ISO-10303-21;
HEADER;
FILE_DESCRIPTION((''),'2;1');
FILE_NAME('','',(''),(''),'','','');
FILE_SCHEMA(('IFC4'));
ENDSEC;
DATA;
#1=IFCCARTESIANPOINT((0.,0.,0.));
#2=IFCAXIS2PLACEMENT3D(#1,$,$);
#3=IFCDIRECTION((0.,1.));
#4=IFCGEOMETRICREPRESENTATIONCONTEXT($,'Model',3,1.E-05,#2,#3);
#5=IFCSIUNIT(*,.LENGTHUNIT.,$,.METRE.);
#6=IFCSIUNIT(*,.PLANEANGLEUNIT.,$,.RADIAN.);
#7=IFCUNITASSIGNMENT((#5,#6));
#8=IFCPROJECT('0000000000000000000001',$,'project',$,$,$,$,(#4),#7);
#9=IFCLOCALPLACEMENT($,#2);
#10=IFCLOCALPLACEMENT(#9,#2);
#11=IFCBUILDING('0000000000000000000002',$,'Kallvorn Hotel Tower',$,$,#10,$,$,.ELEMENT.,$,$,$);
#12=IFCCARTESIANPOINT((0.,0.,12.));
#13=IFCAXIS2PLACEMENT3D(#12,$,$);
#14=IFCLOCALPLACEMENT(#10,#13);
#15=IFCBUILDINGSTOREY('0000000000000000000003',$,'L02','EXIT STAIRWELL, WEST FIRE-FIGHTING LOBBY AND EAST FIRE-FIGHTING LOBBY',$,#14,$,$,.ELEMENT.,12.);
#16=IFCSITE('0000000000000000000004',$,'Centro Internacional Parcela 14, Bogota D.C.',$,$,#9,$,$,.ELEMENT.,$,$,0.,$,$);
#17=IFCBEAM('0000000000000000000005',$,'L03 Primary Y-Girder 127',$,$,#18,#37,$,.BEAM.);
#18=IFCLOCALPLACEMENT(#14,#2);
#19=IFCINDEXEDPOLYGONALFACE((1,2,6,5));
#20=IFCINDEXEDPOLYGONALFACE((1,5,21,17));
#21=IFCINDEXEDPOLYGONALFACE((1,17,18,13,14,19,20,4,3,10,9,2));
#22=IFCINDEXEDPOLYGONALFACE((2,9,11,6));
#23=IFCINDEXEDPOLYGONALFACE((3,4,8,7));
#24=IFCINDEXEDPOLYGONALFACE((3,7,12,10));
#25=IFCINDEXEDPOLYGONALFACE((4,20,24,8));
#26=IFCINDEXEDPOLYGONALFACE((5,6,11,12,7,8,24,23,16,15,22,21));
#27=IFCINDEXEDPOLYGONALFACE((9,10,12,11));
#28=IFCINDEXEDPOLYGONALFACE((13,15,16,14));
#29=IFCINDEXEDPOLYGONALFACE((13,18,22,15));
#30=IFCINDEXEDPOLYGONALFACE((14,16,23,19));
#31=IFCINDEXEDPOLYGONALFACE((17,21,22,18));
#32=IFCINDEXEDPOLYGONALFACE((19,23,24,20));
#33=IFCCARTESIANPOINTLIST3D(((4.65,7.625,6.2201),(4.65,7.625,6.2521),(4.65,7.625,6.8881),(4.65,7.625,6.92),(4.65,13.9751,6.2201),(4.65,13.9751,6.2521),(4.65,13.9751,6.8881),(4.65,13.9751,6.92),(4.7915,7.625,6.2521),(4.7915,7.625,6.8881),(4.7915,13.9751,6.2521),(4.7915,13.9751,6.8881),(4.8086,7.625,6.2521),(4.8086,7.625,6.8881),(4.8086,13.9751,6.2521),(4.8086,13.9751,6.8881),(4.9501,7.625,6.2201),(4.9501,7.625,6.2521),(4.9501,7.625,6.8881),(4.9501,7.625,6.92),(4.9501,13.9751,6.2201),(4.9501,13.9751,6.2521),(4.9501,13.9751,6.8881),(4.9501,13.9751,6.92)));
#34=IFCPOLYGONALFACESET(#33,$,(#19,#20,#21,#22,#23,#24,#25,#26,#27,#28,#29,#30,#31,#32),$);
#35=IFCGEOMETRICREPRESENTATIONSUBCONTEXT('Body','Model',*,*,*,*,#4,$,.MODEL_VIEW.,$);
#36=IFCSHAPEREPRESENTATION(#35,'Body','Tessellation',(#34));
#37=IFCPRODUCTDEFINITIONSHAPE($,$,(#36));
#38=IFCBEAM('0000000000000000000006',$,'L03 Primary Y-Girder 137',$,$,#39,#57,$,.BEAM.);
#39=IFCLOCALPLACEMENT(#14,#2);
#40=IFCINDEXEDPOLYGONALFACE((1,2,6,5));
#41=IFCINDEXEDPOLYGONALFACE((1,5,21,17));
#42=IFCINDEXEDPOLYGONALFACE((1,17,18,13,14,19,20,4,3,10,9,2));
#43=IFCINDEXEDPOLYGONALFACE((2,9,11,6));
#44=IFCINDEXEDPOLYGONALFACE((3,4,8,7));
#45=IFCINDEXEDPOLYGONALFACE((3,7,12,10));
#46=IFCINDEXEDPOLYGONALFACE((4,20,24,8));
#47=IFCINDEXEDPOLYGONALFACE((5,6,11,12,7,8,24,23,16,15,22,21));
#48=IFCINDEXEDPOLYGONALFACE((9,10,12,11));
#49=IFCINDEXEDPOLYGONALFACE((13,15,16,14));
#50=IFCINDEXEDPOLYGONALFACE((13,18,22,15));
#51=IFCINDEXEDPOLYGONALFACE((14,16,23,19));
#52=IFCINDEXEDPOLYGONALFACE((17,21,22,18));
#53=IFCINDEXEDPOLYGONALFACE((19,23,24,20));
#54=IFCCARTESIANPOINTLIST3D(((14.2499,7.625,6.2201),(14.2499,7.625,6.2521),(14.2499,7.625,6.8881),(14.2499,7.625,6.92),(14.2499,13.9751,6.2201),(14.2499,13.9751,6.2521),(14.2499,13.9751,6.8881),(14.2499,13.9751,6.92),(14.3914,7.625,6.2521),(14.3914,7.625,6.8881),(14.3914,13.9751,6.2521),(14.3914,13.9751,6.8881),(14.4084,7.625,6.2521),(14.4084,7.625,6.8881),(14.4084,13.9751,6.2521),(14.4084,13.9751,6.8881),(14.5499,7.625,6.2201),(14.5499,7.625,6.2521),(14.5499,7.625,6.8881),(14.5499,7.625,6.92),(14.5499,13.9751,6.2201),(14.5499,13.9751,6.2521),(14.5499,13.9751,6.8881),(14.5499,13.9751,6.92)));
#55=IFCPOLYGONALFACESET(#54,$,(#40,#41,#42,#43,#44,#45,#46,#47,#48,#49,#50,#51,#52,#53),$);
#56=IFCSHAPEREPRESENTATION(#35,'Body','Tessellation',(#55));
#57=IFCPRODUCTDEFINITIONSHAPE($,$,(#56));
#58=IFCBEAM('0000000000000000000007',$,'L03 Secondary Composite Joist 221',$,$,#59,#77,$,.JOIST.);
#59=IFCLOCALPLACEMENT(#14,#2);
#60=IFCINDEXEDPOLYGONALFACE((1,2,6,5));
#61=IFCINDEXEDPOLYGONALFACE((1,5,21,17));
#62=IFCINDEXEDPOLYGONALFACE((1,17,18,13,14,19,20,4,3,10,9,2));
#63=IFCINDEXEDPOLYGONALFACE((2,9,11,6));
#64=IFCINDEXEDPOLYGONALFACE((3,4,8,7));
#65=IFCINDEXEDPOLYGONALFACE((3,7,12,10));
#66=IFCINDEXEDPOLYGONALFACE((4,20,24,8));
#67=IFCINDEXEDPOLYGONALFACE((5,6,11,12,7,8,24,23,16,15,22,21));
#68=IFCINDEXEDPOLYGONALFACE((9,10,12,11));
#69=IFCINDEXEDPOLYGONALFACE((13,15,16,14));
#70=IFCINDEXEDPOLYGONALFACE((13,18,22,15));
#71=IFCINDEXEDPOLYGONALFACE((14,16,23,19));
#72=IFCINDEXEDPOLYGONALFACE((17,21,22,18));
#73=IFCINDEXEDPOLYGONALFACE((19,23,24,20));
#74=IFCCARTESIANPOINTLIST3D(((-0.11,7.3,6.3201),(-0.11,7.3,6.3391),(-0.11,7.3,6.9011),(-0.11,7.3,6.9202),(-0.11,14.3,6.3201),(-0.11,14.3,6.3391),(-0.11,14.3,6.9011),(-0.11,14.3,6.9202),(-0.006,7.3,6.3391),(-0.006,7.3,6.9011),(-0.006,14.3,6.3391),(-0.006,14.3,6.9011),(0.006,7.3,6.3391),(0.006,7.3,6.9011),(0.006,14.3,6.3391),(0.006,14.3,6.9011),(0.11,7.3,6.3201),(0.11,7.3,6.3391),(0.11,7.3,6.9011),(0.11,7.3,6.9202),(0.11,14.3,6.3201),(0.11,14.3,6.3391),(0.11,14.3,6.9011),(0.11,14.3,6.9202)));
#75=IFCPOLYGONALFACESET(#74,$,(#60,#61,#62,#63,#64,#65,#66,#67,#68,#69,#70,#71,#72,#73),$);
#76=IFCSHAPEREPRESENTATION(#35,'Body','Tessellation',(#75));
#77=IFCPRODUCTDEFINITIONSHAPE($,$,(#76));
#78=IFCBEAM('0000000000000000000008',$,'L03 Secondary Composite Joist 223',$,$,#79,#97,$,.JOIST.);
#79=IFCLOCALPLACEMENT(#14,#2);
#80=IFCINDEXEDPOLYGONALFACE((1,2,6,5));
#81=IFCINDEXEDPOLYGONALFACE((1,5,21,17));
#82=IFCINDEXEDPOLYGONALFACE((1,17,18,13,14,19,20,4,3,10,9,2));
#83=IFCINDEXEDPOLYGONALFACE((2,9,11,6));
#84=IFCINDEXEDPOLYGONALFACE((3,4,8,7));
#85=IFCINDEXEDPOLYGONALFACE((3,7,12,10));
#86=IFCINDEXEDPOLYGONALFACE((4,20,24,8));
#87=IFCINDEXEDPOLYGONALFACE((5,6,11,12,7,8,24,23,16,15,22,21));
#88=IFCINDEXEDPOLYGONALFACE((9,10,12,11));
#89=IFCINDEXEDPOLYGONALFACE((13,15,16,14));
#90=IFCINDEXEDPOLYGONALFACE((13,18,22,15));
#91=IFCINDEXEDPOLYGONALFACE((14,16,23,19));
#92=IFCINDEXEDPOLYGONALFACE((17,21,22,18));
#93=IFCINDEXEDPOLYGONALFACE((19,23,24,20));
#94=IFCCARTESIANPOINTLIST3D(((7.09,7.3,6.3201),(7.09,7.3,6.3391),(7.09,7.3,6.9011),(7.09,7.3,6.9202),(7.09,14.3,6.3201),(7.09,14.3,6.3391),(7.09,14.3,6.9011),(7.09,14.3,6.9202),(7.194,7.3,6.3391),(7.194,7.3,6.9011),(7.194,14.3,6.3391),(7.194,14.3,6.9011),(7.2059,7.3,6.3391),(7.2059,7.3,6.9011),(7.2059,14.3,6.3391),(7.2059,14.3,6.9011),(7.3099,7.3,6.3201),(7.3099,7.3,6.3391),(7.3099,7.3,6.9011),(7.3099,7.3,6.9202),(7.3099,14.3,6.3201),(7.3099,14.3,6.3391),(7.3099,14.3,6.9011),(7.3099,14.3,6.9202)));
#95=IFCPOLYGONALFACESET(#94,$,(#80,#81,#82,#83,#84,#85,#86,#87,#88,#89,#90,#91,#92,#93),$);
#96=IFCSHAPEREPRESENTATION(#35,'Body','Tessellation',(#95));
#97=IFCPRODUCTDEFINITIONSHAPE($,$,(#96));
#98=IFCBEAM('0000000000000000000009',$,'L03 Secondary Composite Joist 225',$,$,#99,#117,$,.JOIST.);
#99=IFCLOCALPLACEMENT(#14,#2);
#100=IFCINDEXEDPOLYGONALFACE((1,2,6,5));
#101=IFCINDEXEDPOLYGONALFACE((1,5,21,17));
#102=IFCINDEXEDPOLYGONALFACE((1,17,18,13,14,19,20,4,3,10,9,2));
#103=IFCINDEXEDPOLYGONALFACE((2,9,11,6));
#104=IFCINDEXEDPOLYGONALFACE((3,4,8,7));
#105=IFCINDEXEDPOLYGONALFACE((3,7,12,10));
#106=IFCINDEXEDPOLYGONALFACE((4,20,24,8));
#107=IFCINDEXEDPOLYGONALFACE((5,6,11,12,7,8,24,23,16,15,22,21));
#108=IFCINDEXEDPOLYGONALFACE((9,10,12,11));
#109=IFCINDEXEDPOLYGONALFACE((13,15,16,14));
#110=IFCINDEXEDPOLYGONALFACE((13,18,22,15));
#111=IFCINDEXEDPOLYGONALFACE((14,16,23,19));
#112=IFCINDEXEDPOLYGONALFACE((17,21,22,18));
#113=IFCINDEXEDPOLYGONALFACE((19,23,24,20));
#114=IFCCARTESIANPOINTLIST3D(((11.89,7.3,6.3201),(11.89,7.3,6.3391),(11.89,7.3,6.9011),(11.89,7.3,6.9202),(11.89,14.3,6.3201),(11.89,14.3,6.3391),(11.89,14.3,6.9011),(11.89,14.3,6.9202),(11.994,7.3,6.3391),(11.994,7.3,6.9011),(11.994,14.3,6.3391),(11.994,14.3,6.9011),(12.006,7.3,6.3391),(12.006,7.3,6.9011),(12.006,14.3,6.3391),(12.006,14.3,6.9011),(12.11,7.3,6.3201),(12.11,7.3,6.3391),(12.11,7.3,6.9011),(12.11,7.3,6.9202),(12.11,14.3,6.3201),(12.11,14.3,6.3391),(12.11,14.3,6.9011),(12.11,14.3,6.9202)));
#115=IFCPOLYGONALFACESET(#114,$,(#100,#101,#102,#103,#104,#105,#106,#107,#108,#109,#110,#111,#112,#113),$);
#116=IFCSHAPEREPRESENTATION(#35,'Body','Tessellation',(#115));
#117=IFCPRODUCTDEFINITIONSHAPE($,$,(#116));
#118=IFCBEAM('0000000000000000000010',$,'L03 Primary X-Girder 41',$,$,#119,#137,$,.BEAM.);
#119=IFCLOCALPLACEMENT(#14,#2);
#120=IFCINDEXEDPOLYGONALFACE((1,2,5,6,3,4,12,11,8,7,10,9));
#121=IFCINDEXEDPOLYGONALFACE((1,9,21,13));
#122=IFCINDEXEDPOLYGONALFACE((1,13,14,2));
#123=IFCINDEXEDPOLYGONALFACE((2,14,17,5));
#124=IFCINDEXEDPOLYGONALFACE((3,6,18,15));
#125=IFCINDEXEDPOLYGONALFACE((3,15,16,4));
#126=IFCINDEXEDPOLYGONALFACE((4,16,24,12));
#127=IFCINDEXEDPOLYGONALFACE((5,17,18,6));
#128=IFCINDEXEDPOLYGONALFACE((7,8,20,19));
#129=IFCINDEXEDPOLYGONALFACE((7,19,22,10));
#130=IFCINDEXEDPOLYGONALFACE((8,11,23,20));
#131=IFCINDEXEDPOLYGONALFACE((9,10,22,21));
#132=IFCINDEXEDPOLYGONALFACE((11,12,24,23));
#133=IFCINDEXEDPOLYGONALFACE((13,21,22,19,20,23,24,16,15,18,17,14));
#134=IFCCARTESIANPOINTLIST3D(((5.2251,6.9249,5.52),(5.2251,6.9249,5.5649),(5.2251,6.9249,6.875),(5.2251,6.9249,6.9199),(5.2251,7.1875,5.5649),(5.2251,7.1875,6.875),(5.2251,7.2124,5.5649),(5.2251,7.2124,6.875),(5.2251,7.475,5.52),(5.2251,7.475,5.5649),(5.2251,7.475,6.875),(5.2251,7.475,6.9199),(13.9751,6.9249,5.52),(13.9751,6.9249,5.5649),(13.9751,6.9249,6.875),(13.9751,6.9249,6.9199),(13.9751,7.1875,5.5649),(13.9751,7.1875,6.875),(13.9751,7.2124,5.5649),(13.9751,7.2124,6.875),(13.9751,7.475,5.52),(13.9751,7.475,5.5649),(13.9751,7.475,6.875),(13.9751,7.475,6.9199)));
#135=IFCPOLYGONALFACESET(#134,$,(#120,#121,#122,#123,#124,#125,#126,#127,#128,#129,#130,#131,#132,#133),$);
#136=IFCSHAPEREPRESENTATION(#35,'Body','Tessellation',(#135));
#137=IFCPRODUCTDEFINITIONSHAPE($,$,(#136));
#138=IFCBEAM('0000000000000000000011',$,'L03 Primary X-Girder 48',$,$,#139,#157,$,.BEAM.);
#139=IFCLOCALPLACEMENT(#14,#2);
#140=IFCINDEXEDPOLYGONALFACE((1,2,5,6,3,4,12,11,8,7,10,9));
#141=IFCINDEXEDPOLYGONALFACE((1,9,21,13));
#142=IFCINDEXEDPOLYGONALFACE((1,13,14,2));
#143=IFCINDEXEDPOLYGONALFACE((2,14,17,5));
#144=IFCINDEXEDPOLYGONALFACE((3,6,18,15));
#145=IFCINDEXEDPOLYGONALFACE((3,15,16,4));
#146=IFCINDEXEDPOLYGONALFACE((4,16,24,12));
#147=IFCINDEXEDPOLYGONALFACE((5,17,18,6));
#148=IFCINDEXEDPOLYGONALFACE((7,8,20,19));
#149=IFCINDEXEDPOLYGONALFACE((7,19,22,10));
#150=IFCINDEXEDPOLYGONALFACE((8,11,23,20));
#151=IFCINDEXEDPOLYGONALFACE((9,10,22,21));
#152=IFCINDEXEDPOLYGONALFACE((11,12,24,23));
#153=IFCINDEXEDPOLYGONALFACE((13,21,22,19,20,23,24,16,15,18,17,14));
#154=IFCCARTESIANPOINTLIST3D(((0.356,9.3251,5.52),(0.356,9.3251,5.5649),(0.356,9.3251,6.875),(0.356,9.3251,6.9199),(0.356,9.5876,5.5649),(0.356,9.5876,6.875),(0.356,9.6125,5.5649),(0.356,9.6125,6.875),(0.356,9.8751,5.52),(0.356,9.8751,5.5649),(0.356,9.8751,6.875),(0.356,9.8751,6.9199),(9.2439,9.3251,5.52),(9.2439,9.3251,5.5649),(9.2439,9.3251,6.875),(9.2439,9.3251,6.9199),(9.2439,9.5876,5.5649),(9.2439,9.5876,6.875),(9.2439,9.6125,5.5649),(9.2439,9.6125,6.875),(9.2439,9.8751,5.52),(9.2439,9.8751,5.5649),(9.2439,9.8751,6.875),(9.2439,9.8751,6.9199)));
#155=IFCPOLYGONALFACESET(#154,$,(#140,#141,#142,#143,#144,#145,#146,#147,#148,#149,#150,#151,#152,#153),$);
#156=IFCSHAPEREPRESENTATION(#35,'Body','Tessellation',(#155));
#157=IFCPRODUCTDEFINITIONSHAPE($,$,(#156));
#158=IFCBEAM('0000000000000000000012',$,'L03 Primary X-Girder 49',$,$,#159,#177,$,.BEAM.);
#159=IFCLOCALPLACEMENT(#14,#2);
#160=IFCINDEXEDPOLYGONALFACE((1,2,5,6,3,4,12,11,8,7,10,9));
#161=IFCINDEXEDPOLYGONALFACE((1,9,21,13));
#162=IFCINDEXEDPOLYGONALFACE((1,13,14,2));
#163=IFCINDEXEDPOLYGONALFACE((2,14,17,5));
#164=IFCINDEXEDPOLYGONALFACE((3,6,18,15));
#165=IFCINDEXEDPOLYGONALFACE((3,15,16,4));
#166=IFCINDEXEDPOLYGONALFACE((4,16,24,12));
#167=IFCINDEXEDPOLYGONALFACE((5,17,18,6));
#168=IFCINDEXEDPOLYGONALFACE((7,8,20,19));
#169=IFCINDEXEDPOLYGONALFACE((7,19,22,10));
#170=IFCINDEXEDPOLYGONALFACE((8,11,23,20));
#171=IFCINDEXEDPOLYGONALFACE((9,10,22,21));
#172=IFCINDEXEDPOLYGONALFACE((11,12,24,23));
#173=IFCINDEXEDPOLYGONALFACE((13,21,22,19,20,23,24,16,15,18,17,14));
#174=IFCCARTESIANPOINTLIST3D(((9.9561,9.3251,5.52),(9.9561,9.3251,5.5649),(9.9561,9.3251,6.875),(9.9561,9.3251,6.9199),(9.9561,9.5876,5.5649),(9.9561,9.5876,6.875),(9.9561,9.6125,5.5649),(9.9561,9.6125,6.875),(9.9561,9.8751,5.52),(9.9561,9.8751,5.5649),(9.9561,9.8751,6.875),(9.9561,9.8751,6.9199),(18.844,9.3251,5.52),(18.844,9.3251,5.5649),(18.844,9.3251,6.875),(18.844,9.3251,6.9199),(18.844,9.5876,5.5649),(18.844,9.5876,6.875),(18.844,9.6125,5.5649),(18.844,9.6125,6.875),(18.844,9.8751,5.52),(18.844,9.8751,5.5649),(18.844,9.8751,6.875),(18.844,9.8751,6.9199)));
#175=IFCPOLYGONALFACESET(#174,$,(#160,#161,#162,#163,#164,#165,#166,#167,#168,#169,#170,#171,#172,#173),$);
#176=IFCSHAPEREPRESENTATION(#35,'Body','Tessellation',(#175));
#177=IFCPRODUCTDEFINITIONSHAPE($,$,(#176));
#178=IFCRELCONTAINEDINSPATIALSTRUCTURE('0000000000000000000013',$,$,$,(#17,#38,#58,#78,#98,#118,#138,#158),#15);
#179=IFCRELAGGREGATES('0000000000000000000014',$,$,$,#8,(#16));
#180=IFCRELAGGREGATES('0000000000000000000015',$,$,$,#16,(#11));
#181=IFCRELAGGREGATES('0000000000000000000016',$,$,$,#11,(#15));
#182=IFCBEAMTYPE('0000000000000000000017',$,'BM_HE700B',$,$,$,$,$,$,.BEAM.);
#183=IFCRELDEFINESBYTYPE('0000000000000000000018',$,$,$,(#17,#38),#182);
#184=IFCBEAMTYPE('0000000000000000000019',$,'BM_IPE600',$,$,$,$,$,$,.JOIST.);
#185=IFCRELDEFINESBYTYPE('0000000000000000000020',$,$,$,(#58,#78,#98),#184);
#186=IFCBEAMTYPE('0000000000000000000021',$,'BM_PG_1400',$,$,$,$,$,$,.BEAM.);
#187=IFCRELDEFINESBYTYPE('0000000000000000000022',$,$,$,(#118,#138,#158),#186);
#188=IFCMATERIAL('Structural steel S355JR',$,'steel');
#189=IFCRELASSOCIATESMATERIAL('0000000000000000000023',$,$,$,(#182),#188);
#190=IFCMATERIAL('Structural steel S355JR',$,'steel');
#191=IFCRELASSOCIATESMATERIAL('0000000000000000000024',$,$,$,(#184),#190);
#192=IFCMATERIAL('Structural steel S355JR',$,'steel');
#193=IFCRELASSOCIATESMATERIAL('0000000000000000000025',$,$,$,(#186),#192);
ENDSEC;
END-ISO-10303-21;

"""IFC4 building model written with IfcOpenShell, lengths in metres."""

from ifc_helpers import new_model, si_unit, direction, frame, origin, origin_2d, place, context, subcontext, project, spatial, i_section, extrude, material, material_profile, profile_set, type_object, element, save


model = new_model("IFC4")

# Units and contexts
model_context = context("Model", 3, precision=1e-05, world=origin(), true_north=direction((0.0, 1.0)))
body_context = subcontext(model_context, "Body", "Model", "MODEL_VIEW")
ifc_project = project(units=[si_unit("LENGTHUNIT", "METRE"), si_unit("PLANEANGLEUNIT", "RADIAN")], contexts=[model_context])

# Site, building, storey
site_placement = place(None, origin())
site = spatial("IfcSite", under=ifc_project, at=site_placement, Name="Centro Internacional Parcela 14, Bogota D.C.", CompositionType="ELEMENT", RefElevation=0.0)
building_placement = place(site_placement, origin())
building = spatial("IfcBuilding", under=site, at=building_placement, Name="Kallvorn Hotel Tower", CompositionType="ELEMENT")
storey_placement = place(building_placement, frame((0.0, 0.0, 12.0)))
storey = spatial("IfcBuildingStorey", under=building, at=storey_placement, Name="L02", Description="EXIT STAIRWELL, WEST FIRE-FIGHTING LOBBY AND EAST FIRE-FIGHTING LOBBY", CompositionType="ELEMENT", Elevation=12.0)

# Beams
ifc_material_1 = material(Name="Structural steel S355JR", Category="steel")
ifc_material_profile_1 = material_profile(ifc_material_1, i_section(OverallWidth=0.3, OverallDepth=0.7, WebThickness=0.0171, FlangeThickness=0.032, at=origin_2d()), Name="HE 700 B")
ifc_profile_set_1 = profile_set([ifc_material_profile_1], Name="Structural steel S355JR")
beam_type_1 = type_object("IfcBeamType", Name="BM_HE700B", PredefinedType="BEAM", material=ifc_profile_set_1)
for number, where, z_axis, x_axis, name in (
    (1, (4.8, 7.625, 6.5701), (0.0, 1.0, 0.0), (-1.0, 0.0, 0.0), "L03 Primary Y-Girder 127"),
    (2, (14.3999, 7.625, 6.5701), (0.0, 1.0, 0.0), (-1.0, 0.0, 0.0), "L03 Primary Y-Girder 137"),
):
    element("IfcBeam", number, at=place(storey_placement, frame(where, z_axis=z_axis, x_axis=x_axis)), inside=storey, type_object=beam_type_1, Name=name, PredefinedType="BEAM", context=body_context, shape_type="SweptSolid", body=[
        extrude(i_section(OverallWidth=0.3, OverallDepth=0.7, WebThickness=0.0171, FlangeThickness=0.032, at=origin_2d()), origin(), (0.0, 0.0, 1.0), 6.3501),
    ])
ifc_material_2 = material(Name="Structural steel S355JR", Category="steel")
ifc_material_profile_2 = material_profile(ifc_material_2, i_section(OverallWidth=0.22, OverallDepth=0.6001, WebThickness=0.012, FlangeThickness=0.019, at=origin_2d()), Name="IPE 600")
ifc_profile_set_2 = profile_set([ifc_material_profile_2], Name="Structural steel S355JR")
beam_type_2 = type_object("IfcBeamType", Name="BM_IPE600", PredefinedType="JOIST", material=ifc_profile_set_2)
for number, where, z_axis, x_axis, name in (
    (3, (0.0, 7.3, 6.6201), (0.0, 1.0, 0.0), (-1.0, 0.0, 0.0), "L03 Secondary Composite Joist 221"),
    (4, (7.2, 7.3, 6.6201), (0.0, 1.0, 0.0), (-1.0, 0.0, 0.0), "L03 Secondary Composite Joist 223"),
    (5, (12.0, 7.3, 6.6201), (0.0, 1.0, 0.0), (-1.0, 0.0, 0.0), "L03 Secondary Composite Joist 225"),
):
    element("IfcBeam", number, at=place(storey_placement, frame(where, z_axis=z_axis, x_axis=x_axis)), inside=storey, type_object=beam_type_2, Name=name, PredefinedType="JOIST", context=body_context, shape_type="SweptSolid", body=[
        extrude(i_section(OverallWidth=0.22, OverallDepth=0.6001, WebThickness=0.012, FlangeThickness=0.019, at=origin_2d()), origin(), (0.0, 0.0, 1.0), 7.0),
    ])
ifc_material_3 = material(Name="Structural steel S355JR", Category="steel")
ifc_material_profile_3 = material_profile(ifc_material_3, i_section(OverallWidth=0.55, OverallDepth=1.3999, WebThickness=0.0249, FlangeThickness=0.0449, at=origin_2d()), Name="PG 1400x550x25x45")
ifc_profile_set_3 = profile_set([ifc_material_profile_3], Name="Structural steel S355JR")
beam_type_3 = type_object("IfcBeamType", Name="BM_PG_1400", PredefinedType="BEAM", material=ifc_profile_set_3)
beam_placement = place(storey_placement, frame((5.2251, 7.2, 6.22), z_axis=(1.0, 0.0, 0.0), x_axis=(0.0, 1.0, 0.0)))
element("IfcBeam", 6, at=beam_placement, inside=storey, type_object=beam_type_3, Name="L03 Primary X-Girder 41", PredefinedType="BEAM", context=body_context, shape_type="SweptSolid", body=[
    extrude(i_section(OverallWidth=0.55, OverallDepth=1.3999, WebThickness=0.0249, FlangeThickness=0.0449, at=origin_2d()), origin(), (0.0, 0.0, 1.0), 8.75),
])
for number, where, z_axis, x_axis, name in (
    (7, (0.356, 9.6001, 6.22), (1.0, 0.0, 0.0), (0.0, 1.0, 0.0), "L03 Primary X-Girder 48"),
    (8, (9.9561, 9.6001, 6.22), (1.0, 0.0, 0.0), (0.0, 1.0, 0.0), "L03 Primary X-Girder 49"),
):
    element("IfcBeam", number, at=place(storey_placement, frame(where, z_axis=z_axis, x_axis=x_axis)), inside=storey, type_object=beam_type_3, Name=name, PredefinedType="BEAM", context=body_context, shape_type="SweptSolid", body=[
        extrude(i_section(OverallWidth=0.55, OverallDepth=1.3999, WebThickness=0.0249, FlangeThickness=0.0449, at=origin_2d()), origin(), (0.0, 0.0, 1.0), 8.8879),
    ])

save(model, "model.ifc")
